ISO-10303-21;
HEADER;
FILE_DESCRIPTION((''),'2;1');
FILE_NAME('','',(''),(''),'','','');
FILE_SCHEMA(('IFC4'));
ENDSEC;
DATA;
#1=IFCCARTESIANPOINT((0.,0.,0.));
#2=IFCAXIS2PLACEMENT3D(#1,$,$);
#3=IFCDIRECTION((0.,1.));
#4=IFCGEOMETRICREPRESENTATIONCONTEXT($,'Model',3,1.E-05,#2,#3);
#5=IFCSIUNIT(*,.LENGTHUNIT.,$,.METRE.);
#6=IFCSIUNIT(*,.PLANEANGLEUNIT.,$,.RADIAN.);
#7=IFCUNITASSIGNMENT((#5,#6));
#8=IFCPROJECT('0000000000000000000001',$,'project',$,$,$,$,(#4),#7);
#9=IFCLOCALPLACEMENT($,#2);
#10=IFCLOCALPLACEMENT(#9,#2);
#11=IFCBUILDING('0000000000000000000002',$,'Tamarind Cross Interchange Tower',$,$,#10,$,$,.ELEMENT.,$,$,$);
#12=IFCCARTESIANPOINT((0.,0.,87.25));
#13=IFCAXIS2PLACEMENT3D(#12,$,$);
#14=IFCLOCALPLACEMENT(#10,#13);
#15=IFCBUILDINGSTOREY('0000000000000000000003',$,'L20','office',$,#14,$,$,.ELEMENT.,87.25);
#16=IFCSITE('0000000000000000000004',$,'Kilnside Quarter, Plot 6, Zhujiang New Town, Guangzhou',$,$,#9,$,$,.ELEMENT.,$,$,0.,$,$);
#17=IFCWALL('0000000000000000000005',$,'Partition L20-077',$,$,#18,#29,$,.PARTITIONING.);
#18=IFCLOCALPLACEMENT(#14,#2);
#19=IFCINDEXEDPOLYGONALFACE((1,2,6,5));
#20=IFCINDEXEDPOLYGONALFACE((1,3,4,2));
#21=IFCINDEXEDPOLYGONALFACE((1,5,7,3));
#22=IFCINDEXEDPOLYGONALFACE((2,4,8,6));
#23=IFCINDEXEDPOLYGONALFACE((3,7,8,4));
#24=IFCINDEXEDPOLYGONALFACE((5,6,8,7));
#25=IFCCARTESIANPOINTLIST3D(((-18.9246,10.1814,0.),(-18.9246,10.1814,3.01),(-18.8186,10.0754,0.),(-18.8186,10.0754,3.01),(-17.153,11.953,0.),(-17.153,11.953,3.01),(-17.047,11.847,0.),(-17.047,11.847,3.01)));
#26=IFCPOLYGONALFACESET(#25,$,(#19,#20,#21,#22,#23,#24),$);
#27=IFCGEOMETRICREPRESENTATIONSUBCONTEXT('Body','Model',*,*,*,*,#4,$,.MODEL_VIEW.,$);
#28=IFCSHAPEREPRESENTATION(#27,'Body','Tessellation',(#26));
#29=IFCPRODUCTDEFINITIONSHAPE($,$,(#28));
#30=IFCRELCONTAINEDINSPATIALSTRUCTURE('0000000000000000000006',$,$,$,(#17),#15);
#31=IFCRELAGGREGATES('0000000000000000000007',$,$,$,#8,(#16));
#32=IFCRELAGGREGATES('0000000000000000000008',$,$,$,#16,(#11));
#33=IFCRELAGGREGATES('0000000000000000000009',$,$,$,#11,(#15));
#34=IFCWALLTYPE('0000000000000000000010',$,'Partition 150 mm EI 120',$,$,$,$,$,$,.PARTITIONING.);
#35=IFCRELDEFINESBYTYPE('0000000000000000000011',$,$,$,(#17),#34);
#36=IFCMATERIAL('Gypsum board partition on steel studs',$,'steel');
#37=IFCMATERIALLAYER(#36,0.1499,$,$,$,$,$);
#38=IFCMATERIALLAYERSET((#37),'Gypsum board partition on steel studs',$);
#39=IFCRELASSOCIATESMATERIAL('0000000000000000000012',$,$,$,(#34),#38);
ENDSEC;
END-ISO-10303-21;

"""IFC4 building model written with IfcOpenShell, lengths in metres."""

from ifc_helpers import new_model, si_unit, direction, frame, frame_2d, origin, place, context, subcontext, project, spatial, rectangle, extrude, material, layer, layer_set, type_object, element, save


model = new_model("IFC4")

# Units and contexts
model_context = context("Model", 3, precision=1e-05, world=origin(), true_north=direction((0.0, 1.0)))
body_context = subcontext(model_context, "Body", "Model", "MODEL_VIEW")
ifc_project = project(units=[si_unit("LENGTHUNIT", "METRE"), si_unit("PLANEANGLEUNIT", "RADIAN")], contexts=[model_context])

# Site, building, storey
site_placement = place(None, origin())
site = spatial("IfcSite", under=ifc_project, at=site_placement, Name="Kilnside Quarter, Plot 6, Zhujiang New Town, Guangzhou", CompositionType="ELEMENT", RefElevation=0.0)
building_placement = place(site_placement, origin())
building = spatial("IfcBuilding", under=site, at=building_placement, Name="Tamarind Cross Interchange Tower", CompositionType="ELEMENT")
storey_placement = place(building_placement, frame((0.0, 0.0, 87.25)))
storey = spatial("IfcBuildingStorey", under=building, at=storey_placement, Name="L20", Description="office", CompositionType="ELEMENT", Elevation=87.25)

# Shared definitions
ifc_material_1 = material(Name="Gypsum board partition on steel studs", Category="steel")

# Shared definitions
ifc_layer_1 = layer(ifc_material_1, 0.1499)
ifc_layer_set_1 = layer_set([ifc_layer_1], Name="Gypsum board partition on steel studs")
wall_type_1 = type_object("IfcWallType", Name="Partition 150 mm EI 120", PredefinedType="PARTITIONING", material=ifc_layer_set_1)

# Wall
wall_1_placement = place(storey_placement, frame((-18.8716, 10.1284, 0.0), z_axis=(0.0, 0.0, 1.0), x_axis=(0.707107, 0.707107, 0.0)))
element("IfcWall", 1, at=wall_1_placement, inside=storey, type_object=wall_type_1, Name="Partition L20-077", PredefinedType="PARTITIONING", context=body_context, shape_type="SweptSolid", body=[
    extrude(rectangle(XDim=2.5054, YDim=0.1499, at=frame_2d((1.2527, 0.0))), origin(), (0.0, 0.0, 1.0), 3.01),
])

save(model, "model.ifc")
